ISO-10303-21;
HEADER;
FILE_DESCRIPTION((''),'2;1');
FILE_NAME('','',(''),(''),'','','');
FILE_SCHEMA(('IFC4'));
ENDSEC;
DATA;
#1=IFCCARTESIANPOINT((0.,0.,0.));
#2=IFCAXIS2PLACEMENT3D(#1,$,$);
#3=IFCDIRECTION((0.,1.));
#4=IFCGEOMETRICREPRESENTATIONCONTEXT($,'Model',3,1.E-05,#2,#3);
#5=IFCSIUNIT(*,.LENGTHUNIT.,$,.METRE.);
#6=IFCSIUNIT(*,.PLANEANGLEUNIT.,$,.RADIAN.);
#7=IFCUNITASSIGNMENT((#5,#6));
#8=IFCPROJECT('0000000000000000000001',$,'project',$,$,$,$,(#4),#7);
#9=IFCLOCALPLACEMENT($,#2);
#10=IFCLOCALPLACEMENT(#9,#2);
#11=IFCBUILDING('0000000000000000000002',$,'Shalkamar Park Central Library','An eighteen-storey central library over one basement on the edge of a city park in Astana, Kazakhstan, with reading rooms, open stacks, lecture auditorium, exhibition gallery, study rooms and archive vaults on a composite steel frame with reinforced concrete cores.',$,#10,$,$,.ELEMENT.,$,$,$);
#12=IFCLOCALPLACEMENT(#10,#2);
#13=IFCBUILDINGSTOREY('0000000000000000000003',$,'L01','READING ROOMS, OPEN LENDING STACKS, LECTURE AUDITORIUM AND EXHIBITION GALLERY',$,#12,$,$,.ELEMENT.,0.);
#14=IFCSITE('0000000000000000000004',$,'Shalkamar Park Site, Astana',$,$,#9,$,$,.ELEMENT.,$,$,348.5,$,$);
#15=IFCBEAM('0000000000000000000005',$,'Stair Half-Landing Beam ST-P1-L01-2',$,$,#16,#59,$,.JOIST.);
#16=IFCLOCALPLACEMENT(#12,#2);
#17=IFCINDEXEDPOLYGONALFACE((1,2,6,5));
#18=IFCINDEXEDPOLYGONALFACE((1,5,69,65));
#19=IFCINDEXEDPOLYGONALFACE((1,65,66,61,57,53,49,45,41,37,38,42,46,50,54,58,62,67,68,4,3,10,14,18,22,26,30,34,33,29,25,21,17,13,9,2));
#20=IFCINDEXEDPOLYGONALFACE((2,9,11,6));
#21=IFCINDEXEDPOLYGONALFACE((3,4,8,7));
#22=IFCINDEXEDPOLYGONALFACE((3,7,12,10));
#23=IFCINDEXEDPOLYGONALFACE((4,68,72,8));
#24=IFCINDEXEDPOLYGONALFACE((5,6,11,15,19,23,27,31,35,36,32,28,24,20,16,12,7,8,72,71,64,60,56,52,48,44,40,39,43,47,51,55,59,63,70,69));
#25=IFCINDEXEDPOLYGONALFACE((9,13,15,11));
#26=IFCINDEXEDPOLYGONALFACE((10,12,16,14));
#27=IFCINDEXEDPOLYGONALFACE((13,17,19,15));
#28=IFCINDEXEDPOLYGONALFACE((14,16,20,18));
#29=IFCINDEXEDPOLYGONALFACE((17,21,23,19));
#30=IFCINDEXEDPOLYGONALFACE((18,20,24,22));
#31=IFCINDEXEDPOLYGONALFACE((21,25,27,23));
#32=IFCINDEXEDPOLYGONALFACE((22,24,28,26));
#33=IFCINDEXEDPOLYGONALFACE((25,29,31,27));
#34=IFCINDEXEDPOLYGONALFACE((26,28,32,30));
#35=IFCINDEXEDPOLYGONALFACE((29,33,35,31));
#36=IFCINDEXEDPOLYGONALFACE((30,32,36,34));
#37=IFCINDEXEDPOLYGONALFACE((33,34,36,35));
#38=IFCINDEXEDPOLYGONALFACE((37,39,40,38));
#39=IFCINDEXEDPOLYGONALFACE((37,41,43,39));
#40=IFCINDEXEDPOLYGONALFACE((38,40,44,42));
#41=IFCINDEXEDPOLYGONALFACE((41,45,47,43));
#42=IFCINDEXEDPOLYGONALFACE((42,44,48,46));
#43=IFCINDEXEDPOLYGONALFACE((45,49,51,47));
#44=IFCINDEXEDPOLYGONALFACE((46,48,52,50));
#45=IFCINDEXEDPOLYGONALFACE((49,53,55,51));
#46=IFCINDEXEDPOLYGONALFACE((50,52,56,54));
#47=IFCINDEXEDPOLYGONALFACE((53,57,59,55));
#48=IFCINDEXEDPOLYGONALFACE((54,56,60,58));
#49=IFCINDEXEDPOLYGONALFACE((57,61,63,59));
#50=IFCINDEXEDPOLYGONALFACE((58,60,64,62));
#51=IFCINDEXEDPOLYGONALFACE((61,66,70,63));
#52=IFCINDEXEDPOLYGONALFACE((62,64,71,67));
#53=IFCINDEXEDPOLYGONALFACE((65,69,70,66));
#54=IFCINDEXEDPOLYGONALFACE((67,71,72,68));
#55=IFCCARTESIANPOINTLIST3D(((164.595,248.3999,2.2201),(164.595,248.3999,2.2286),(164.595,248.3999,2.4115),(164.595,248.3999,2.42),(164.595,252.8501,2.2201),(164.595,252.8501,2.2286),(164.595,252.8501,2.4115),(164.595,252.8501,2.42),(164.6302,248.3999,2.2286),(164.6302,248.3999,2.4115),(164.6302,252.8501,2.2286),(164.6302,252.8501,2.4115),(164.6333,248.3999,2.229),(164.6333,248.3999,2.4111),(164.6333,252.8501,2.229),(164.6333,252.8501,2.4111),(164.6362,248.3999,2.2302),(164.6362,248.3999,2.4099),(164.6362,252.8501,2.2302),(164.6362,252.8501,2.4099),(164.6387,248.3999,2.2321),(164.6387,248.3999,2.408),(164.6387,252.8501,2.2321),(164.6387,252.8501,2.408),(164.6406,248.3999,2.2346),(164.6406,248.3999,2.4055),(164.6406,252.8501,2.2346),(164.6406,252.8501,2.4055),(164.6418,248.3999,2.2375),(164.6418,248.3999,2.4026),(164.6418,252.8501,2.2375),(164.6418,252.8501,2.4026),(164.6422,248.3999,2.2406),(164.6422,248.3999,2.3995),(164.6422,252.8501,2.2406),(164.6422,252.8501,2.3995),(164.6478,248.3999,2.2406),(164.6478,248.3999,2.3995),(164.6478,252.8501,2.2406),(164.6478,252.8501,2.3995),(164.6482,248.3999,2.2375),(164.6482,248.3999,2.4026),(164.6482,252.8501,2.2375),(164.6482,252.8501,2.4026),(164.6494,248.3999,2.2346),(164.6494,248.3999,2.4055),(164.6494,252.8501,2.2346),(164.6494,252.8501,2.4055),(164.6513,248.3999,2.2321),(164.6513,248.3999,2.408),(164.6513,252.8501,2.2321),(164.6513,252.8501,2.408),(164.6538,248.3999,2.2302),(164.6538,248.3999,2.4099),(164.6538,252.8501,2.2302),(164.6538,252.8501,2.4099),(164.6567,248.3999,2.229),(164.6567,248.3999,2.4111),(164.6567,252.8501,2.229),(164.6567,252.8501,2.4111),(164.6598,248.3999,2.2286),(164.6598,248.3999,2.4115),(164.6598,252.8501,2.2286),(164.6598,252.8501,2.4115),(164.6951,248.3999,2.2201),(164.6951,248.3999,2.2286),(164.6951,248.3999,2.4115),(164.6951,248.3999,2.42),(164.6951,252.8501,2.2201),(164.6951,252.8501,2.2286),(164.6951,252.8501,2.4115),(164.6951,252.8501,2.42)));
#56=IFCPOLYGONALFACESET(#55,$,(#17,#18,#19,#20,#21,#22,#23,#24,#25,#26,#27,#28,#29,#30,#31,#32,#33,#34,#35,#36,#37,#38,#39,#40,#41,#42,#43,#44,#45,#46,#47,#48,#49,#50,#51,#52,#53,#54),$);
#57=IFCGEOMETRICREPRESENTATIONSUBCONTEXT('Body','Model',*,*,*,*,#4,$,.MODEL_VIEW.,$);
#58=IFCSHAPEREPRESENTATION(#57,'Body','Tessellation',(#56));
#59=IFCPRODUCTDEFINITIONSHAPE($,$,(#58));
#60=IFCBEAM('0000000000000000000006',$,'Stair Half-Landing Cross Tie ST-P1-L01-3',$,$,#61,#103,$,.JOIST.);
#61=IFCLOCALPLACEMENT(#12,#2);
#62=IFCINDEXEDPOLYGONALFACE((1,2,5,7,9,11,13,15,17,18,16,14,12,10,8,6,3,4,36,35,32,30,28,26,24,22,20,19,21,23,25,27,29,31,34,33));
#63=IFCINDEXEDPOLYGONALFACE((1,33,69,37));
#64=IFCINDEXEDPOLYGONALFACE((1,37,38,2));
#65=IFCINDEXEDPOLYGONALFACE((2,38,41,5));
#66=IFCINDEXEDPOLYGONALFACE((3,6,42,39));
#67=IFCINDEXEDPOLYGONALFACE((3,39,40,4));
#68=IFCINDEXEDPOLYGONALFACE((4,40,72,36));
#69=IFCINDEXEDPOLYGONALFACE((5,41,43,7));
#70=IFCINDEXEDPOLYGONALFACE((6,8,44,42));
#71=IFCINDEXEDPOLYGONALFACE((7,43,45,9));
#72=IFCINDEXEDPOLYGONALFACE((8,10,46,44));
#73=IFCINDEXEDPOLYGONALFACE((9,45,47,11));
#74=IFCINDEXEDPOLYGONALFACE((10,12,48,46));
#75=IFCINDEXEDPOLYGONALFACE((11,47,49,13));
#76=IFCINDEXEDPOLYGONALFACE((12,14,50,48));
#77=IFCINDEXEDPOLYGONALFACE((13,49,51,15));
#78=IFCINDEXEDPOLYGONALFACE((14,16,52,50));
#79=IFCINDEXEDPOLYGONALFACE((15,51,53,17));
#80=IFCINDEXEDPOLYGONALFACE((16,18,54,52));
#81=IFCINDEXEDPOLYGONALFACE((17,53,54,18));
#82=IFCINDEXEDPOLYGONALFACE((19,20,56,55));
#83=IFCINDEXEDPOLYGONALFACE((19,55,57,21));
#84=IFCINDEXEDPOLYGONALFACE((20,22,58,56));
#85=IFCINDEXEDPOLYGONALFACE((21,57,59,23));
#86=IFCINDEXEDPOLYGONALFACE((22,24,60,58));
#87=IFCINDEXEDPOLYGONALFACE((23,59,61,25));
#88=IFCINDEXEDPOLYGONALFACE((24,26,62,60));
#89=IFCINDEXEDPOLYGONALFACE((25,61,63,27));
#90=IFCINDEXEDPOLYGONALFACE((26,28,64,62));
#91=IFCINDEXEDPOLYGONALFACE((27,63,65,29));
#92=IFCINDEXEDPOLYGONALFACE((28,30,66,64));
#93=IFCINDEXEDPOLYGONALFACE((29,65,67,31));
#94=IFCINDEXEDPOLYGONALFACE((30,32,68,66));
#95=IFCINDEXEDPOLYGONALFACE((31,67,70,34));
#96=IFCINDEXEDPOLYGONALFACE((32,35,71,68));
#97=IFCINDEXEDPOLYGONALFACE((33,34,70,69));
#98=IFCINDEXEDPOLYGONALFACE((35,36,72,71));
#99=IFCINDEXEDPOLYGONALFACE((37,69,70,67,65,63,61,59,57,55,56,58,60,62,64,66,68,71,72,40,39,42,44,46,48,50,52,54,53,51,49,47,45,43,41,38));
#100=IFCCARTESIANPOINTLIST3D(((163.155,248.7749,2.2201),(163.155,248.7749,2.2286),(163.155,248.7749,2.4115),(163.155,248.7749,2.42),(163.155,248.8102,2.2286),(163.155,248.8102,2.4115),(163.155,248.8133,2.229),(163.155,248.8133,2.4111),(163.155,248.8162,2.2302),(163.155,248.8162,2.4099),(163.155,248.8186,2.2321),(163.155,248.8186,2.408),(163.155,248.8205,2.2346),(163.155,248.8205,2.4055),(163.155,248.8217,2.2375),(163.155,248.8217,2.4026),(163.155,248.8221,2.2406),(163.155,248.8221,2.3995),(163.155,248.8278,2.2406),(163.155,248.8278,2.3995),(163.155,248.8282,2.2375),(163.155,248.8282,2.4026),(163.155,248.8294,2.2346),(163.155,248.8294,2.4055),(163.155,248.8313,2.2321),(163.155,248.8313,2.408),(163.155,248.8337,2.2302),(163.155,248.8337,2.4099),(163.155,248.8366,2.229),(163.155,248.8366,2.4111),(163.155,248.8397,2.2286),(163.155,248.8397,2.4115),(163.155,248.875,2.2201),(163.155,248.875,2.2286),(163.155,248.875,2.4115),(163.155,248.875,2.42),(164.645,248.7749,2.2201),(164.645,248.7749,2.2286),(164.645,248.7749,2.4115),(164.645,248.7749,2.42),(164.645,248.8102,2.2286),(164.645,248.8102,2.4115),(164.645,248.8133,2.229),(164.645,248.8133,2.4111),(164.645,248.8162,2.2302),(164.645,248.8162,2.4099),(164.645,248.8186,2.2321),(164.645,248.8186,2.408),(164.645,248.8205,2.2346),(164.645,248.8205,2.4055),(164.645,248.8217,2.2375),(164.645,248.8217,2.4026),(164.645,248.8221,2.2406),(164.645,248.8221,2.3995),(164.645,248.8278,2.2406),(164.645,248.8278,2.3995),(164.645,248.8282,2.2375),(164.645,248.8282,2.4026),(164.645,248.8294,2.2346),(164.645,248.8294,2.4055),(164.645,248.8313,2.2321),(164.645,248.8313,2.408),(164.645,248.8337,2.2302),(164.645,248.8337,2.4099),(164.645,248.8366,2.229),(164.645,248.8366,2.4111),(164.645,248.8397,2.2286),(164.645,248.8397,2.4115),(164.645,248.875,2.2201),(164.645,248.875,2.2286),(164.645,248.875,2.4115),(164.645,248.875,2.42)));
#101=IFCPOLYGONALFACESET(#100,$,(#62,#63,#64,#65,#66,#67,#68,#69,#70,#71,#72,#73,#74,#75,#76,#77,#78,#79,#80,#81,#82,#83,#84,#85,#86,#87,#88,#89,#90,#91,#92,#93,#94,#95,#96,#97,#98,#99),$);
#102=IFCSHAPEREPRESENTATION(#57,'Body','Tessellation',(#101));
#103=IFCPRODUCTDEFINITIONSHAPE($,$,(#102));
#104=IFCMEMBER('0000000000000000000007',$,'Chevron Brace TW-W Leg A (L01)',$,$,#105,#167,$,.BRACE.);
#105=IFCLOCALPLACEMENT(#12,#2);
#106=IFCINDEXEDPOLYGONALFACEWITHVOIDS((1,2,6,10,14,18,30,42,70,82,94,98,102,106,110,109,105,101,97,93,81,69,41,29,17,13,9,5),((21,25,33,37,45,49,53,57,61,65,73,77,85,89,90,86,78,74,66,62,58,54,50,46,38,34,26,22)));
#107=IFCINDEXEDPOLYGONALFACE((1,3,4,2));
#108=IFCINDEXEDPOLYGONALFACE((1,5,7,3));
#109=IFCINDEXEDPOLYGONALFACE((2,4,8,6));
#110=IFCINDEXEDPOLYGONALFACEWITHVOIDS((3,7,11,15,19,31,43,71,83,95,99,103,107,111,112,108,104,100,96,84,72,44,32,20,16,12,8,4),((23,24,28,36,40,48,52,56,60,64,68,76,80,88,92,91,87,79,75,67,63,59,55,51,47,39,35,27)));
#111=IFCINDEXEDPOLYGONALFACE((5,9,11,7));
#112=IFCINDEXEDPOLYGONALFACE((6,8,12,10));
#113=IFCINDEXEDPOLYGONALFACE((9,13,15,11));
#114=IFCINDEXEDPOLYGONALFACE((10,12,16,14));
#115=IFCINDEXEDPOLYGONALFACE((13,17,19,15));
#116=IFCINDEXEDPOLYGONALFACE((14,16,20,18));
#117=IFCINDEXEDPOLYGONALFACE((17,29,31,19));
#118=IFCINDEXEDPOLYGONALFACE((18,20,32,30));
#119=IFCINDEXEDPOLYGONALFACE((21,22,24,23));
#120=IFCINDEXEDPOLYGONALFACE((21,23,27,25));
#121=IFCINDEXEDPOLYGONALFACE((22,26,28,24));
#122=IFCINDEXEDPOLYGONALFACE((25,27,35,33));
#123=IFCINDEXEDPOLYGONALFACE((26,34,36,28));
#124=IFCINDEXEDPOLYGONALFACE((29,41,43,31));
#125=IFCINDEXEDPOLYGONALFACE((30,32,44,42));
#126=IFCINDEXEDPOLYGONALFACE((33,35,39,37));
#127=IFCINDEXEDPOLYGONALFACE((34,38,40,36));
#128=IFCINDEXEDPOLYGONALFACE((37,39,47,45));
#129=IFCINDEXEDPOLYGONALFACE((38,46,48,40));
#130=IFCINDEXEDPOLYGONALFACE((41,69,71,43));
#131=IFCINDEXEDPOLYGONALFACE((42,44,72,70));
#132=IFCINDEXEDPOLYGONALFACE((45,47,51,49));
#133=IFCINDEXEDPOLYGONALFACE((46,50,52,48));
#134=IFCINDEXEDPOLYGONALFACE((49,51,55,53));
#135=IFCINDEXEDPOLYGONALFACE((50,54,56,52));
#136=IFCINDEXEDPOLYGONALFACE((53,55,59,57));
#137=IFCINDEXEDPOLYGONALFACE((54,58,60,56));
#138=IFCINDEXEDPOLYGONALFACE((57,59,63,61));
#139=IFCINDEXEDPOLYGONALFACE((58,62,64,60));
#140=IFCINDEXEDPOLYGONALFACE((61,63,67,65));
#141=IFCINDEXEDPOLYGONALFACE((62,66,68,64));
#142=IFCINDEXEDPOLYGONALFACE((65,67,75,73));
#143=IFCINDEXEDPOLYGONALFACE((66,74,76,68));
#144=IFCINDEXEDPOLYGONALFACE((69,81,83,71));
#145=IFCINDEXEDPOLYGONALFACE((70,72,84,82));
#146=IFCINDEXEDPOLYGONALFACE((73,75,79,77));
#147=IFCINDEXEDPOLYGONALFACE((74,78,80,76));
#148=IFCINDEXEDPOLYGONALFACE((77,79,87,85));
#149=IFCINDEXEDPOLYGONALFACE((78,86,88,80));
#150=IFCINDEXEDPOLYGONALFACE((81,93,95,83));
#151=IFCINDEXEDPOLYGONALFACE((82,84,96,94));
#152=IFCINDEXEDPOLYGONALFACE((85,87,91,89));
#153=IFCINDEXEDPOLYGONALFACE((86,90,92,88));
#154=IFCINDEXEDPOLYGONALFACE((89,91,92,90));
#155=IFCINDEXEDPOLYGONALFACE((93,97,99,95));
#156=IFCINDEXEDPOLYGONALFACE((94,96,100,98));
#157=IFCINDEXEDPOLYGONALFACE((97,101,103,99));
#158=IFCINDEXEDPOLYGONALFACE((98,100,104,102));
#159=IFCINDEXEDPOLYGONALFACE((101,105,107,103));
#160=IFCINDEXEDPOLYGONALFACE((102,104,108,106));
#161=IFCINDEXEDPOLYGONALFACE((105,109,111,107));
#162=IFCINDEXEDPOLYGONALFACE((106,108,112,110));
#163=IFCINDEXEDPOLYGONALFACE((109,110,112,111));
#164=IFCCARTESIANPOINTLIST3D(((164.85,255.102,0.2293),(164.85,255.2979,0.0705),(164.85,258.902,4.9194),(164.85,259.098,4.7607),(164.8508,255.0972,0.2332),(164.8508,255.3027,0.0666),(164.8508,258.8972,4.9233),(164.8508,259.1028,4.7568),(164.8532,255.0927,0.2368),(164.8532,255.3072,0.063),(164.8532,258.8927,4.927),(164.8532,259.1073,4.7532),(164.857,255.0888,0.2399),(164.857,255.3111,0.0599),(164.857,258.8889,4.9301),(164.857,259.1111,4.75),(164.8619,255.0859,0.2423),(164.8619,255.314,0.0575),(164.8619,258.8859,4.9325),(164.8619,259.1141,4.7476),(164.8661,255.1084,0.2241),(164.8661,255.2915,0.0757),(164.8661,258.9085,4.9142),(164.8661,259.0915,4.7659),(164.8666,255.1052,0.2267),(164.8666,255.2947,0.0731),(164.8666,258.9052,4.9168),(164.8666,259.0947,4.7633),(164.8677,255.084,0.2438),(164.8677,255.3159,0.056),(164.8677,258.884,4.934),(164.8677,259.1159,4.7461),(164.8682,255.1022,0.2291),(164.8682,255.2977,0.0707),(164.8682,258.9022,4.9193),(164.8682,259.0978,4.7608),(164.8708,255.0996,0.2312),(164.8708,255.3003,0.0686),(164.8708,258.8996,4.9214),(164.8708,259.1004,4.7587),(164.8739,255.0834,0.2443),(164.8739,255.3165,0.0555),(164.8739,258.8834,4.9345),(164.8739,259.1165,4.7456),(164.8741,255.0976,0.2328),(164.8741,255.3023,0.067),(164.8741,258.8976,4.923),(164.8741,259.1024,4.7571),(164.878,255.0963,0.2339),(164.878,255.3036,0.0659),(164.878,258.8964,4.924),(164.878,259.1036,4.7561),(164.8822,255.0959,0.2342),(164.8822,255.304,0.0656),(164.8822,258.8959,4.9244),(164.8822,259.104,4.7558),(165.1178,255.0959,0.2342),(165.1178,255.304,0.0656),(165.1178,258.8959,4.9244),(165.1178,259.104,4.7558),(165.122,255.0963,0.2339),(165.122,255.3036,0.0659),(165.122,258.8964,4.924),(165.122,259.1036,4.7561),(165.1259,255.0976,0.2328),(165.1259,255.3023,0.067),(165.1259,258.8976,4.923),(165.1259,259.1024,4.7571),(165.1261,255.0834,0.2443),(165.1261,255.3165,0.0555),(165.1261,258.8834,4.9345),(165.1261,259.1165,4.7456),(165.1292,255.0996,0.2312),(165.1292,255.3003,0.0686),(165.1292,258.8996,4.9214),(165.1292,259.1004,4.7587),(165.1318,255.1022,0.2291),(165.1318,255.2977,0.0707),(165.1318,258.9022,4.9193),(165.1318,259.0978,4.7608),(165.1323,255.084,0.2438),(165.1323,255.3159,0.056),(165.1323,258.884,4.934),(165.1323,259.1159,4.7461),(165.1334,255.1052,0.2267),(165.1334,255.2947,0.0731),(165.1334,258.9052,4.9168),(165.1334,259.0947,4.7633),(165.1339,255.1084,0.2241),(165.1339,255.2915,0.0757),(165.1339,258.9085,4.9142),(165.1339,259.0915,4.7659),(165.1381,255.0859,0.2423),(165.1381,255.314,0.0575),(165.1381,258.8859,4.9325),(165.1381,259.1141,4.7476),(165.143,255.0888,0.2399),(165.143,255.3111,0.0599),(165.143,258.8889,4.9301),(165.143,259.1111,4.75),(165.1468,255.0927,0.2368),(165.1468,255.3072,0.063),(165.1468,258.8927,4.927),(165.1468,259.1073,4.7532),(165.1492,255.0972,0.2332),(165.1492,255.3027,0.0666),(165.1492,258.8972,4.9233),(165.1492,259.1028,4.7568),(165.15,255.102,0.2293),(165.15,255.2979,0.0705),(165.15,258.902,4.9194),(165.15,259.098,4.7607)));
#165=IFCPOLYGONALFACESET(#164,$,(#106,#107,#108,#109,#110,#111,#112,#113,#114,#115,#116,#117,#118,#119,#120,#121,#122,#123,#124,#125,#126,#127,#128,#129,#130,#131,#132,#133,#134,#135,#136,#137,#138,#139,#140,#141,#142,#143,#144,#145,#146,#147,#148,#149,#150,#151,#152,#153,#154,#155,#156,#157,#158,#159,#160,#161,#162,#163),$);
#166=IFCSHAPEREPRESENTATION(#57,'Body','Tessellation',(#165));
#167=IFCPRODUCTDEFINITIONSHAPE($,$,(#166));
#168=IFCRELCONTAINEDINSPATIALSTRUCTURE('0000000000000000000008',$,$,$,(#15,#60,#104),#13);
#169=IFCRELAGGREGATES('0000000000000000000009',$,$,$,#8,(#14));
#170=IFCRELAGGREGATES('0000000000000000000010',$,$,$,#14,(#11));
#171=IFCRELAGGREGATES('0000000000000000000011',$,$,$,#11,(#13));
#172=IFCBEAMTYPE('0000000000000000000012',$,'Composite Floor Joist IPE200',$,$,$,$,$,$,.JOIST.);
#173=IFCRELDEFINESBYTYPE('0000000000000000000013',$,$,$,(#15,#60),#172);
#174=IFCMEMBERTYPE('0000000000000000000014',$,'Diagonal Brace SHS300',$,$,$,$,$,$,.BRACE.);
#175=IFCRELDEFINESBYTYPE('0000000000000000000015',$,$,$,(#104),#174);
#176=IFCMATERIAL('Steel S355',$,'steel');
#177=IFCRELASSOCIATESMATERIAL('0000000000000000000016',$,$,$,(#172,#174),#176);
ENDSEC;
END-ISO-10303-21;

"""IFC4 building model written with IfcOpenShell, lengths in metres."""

from ifc_helpers import new_model, si_unit, direction, frame, origin, origin_2d, place, context, subcontext, project, spatial, hollow_rectangle, i_section, extrude, material, material_profile, profile_set, type_object, element, save


model = new_model("IFC4")

# Units and contexts
model_context = context("Model", 3, precision=1e-05, world=origin(), true_north=direction((0.0, 1.0)))
body_context = subcontext(model_context, "Body", "Model", "MODEL_VIEW")
ifc_project = project(units=[si_unit("LENGTHUNIT", "METRE"), si_unit("PLANEANGLEUNIT", "RADIAN")], contexts=[model_context])

# Site, building, storey
site_placement = place(None, origin())
site = spatial("IfcSite", under=ifc_project, at=site_placement, Name="Shalkamar Park Site, Astana", CompositionType="ELEMENT", RefElevation=348.5)
building_placement = place(site_placement, origin())
building = spatial("IfcBuilding", under=site, at=building_placement, Name="Shalkamar Park Central Library", Description="An eighteen-storey central library over one basement on the edge of a city park in Astana, Kazakhstan, with reading rooms, open stacks, lecture auditorium, exhibition gallery, study rooms and archive vaults on a composite steel frame with reinforced concrete cores.", CompositionType="ELEMENT")
storey_placement = place(building_placement, origin())
storey = spatial("IfcBuildingStorey", under=building, at=storey_placement, Name="L01", Description="READING ROOMS, OPEN LENDING STACKS, LECTURE AUDITORIUM AND EXHIBITION GALLERY", CompositionType="ELEMENT", Elevation=0.0)

# Shared definitions
ifc_material_1 = material(Name="Steel S355", Category="steel")

# Beams
ifc_material_profile_1 = material_profile(ifc_material_1, i_section(OverallWidth=0.1001, OverallDepth=0.2, WebThickness=0.0056, FlangeThickness=0.0085, FilletRadius=0.012, at=origin_2d()), Name="IPE 200")
ifc_profile_set_1 = profile_set([ifc_material_profile_1], Name="Steel S355")
beam_type_1 = type_object("IfcBeamType", Name="Composite Floor Joist IPE200", PredefinedType="JOIST", material=ifc_profile_set_1)
for number, where, z_axis, x_axis, name in (
    (1, (164.645, 248.3999, 2.3201), (0.0, 1.0, 0.0), (-1.0, 0.0, 0.0), "Stair Half-Landing Beam ST-P1-L01-2"),
):
    element("IfcBeam", number, at=place(storey_placement, frame(where, z_axis=z_axis, x_axis=x_axis)), inside=storey, type_object=beam_type_1, Name=name, PredefinedType="JOIST", context=body_context, shape_type="SweptSolid", body=[
        extrude(i_section(OverallWidth=0.1001, OverallDepth=0.2, WebThickness=0.0056, FlangeThickness=0.0085, FilletRadius=0.012, at=origin_2d()), origin(), (0.0, 0.0, 1.0), 4.4502),
    ])
beam_1_placement = place(storey_placement, frame((163.155, 248.825, 2.3201), z_axis=(1.0, 0.0, 0.0), x_axis=(0.0, 1.0, 0.0)))
element("IfcBeam", 2, at=beam_1_placement, inside=storey, type_object=beam_type_1, Name="Stair Half-Landing Cross Tie ST-P1-L01-3", PredefinedType="JOIST", context=body_context, shape_type="SweptSolid", body=[
    extrude(i_section(OverallWidth=0.1001, OverallDepth=0.2, WebThickness=0.0056, FlangeThickness=0.0085, FilletRadius=0.012, at=origin_2d()), origin(), (0.0, 0.0, 1.0), 1.49),
])

# Member
ifc_material_profile_2 = material_profile(ifc_material_1, hollow_rectangle(XDim=0.3, YDim=0.3, WallThickness=0.0161, InnerFilletRadius=0.0161, OuterFilletRadius=0.0239, at=origin_2d()), Name="SHS 300x300x16")
ifc_profile_set_2 = profile_set([ifc_material_profile_2], Name="Steel S355")
member_type = type_object("IfcMemberType", Name="Diagonal Brace SHS300", PredefinedType="BRACE", material=ifc_profile_set_2)
member_placement = place(storey_placement, frame((165.0, 255.2, 0.1499), z_axis=(0.0, 0.629522, 0.776983), x_axis=(-1.0, 0.0, 0.0)))
element("IfcMember", 3, at=member_placement, inside=storey, type_object=member_type, Name="Chevron Brace TW-W Leg A (L01)", PredefinedType="BRACE", context=body_context, shape_type="SweptSolid", body=[
    extrude(hollow_rectangle(XDim=0.3, YDim=0.3, WallThickness=0.0161, InnerFilletRadius=0.0161, OuterFilletRadius=0.0239, at=origin_2d()), origin(), (0.0, 0.0, 1.0), 6.0364),
])

save(model, "model.ifc")
